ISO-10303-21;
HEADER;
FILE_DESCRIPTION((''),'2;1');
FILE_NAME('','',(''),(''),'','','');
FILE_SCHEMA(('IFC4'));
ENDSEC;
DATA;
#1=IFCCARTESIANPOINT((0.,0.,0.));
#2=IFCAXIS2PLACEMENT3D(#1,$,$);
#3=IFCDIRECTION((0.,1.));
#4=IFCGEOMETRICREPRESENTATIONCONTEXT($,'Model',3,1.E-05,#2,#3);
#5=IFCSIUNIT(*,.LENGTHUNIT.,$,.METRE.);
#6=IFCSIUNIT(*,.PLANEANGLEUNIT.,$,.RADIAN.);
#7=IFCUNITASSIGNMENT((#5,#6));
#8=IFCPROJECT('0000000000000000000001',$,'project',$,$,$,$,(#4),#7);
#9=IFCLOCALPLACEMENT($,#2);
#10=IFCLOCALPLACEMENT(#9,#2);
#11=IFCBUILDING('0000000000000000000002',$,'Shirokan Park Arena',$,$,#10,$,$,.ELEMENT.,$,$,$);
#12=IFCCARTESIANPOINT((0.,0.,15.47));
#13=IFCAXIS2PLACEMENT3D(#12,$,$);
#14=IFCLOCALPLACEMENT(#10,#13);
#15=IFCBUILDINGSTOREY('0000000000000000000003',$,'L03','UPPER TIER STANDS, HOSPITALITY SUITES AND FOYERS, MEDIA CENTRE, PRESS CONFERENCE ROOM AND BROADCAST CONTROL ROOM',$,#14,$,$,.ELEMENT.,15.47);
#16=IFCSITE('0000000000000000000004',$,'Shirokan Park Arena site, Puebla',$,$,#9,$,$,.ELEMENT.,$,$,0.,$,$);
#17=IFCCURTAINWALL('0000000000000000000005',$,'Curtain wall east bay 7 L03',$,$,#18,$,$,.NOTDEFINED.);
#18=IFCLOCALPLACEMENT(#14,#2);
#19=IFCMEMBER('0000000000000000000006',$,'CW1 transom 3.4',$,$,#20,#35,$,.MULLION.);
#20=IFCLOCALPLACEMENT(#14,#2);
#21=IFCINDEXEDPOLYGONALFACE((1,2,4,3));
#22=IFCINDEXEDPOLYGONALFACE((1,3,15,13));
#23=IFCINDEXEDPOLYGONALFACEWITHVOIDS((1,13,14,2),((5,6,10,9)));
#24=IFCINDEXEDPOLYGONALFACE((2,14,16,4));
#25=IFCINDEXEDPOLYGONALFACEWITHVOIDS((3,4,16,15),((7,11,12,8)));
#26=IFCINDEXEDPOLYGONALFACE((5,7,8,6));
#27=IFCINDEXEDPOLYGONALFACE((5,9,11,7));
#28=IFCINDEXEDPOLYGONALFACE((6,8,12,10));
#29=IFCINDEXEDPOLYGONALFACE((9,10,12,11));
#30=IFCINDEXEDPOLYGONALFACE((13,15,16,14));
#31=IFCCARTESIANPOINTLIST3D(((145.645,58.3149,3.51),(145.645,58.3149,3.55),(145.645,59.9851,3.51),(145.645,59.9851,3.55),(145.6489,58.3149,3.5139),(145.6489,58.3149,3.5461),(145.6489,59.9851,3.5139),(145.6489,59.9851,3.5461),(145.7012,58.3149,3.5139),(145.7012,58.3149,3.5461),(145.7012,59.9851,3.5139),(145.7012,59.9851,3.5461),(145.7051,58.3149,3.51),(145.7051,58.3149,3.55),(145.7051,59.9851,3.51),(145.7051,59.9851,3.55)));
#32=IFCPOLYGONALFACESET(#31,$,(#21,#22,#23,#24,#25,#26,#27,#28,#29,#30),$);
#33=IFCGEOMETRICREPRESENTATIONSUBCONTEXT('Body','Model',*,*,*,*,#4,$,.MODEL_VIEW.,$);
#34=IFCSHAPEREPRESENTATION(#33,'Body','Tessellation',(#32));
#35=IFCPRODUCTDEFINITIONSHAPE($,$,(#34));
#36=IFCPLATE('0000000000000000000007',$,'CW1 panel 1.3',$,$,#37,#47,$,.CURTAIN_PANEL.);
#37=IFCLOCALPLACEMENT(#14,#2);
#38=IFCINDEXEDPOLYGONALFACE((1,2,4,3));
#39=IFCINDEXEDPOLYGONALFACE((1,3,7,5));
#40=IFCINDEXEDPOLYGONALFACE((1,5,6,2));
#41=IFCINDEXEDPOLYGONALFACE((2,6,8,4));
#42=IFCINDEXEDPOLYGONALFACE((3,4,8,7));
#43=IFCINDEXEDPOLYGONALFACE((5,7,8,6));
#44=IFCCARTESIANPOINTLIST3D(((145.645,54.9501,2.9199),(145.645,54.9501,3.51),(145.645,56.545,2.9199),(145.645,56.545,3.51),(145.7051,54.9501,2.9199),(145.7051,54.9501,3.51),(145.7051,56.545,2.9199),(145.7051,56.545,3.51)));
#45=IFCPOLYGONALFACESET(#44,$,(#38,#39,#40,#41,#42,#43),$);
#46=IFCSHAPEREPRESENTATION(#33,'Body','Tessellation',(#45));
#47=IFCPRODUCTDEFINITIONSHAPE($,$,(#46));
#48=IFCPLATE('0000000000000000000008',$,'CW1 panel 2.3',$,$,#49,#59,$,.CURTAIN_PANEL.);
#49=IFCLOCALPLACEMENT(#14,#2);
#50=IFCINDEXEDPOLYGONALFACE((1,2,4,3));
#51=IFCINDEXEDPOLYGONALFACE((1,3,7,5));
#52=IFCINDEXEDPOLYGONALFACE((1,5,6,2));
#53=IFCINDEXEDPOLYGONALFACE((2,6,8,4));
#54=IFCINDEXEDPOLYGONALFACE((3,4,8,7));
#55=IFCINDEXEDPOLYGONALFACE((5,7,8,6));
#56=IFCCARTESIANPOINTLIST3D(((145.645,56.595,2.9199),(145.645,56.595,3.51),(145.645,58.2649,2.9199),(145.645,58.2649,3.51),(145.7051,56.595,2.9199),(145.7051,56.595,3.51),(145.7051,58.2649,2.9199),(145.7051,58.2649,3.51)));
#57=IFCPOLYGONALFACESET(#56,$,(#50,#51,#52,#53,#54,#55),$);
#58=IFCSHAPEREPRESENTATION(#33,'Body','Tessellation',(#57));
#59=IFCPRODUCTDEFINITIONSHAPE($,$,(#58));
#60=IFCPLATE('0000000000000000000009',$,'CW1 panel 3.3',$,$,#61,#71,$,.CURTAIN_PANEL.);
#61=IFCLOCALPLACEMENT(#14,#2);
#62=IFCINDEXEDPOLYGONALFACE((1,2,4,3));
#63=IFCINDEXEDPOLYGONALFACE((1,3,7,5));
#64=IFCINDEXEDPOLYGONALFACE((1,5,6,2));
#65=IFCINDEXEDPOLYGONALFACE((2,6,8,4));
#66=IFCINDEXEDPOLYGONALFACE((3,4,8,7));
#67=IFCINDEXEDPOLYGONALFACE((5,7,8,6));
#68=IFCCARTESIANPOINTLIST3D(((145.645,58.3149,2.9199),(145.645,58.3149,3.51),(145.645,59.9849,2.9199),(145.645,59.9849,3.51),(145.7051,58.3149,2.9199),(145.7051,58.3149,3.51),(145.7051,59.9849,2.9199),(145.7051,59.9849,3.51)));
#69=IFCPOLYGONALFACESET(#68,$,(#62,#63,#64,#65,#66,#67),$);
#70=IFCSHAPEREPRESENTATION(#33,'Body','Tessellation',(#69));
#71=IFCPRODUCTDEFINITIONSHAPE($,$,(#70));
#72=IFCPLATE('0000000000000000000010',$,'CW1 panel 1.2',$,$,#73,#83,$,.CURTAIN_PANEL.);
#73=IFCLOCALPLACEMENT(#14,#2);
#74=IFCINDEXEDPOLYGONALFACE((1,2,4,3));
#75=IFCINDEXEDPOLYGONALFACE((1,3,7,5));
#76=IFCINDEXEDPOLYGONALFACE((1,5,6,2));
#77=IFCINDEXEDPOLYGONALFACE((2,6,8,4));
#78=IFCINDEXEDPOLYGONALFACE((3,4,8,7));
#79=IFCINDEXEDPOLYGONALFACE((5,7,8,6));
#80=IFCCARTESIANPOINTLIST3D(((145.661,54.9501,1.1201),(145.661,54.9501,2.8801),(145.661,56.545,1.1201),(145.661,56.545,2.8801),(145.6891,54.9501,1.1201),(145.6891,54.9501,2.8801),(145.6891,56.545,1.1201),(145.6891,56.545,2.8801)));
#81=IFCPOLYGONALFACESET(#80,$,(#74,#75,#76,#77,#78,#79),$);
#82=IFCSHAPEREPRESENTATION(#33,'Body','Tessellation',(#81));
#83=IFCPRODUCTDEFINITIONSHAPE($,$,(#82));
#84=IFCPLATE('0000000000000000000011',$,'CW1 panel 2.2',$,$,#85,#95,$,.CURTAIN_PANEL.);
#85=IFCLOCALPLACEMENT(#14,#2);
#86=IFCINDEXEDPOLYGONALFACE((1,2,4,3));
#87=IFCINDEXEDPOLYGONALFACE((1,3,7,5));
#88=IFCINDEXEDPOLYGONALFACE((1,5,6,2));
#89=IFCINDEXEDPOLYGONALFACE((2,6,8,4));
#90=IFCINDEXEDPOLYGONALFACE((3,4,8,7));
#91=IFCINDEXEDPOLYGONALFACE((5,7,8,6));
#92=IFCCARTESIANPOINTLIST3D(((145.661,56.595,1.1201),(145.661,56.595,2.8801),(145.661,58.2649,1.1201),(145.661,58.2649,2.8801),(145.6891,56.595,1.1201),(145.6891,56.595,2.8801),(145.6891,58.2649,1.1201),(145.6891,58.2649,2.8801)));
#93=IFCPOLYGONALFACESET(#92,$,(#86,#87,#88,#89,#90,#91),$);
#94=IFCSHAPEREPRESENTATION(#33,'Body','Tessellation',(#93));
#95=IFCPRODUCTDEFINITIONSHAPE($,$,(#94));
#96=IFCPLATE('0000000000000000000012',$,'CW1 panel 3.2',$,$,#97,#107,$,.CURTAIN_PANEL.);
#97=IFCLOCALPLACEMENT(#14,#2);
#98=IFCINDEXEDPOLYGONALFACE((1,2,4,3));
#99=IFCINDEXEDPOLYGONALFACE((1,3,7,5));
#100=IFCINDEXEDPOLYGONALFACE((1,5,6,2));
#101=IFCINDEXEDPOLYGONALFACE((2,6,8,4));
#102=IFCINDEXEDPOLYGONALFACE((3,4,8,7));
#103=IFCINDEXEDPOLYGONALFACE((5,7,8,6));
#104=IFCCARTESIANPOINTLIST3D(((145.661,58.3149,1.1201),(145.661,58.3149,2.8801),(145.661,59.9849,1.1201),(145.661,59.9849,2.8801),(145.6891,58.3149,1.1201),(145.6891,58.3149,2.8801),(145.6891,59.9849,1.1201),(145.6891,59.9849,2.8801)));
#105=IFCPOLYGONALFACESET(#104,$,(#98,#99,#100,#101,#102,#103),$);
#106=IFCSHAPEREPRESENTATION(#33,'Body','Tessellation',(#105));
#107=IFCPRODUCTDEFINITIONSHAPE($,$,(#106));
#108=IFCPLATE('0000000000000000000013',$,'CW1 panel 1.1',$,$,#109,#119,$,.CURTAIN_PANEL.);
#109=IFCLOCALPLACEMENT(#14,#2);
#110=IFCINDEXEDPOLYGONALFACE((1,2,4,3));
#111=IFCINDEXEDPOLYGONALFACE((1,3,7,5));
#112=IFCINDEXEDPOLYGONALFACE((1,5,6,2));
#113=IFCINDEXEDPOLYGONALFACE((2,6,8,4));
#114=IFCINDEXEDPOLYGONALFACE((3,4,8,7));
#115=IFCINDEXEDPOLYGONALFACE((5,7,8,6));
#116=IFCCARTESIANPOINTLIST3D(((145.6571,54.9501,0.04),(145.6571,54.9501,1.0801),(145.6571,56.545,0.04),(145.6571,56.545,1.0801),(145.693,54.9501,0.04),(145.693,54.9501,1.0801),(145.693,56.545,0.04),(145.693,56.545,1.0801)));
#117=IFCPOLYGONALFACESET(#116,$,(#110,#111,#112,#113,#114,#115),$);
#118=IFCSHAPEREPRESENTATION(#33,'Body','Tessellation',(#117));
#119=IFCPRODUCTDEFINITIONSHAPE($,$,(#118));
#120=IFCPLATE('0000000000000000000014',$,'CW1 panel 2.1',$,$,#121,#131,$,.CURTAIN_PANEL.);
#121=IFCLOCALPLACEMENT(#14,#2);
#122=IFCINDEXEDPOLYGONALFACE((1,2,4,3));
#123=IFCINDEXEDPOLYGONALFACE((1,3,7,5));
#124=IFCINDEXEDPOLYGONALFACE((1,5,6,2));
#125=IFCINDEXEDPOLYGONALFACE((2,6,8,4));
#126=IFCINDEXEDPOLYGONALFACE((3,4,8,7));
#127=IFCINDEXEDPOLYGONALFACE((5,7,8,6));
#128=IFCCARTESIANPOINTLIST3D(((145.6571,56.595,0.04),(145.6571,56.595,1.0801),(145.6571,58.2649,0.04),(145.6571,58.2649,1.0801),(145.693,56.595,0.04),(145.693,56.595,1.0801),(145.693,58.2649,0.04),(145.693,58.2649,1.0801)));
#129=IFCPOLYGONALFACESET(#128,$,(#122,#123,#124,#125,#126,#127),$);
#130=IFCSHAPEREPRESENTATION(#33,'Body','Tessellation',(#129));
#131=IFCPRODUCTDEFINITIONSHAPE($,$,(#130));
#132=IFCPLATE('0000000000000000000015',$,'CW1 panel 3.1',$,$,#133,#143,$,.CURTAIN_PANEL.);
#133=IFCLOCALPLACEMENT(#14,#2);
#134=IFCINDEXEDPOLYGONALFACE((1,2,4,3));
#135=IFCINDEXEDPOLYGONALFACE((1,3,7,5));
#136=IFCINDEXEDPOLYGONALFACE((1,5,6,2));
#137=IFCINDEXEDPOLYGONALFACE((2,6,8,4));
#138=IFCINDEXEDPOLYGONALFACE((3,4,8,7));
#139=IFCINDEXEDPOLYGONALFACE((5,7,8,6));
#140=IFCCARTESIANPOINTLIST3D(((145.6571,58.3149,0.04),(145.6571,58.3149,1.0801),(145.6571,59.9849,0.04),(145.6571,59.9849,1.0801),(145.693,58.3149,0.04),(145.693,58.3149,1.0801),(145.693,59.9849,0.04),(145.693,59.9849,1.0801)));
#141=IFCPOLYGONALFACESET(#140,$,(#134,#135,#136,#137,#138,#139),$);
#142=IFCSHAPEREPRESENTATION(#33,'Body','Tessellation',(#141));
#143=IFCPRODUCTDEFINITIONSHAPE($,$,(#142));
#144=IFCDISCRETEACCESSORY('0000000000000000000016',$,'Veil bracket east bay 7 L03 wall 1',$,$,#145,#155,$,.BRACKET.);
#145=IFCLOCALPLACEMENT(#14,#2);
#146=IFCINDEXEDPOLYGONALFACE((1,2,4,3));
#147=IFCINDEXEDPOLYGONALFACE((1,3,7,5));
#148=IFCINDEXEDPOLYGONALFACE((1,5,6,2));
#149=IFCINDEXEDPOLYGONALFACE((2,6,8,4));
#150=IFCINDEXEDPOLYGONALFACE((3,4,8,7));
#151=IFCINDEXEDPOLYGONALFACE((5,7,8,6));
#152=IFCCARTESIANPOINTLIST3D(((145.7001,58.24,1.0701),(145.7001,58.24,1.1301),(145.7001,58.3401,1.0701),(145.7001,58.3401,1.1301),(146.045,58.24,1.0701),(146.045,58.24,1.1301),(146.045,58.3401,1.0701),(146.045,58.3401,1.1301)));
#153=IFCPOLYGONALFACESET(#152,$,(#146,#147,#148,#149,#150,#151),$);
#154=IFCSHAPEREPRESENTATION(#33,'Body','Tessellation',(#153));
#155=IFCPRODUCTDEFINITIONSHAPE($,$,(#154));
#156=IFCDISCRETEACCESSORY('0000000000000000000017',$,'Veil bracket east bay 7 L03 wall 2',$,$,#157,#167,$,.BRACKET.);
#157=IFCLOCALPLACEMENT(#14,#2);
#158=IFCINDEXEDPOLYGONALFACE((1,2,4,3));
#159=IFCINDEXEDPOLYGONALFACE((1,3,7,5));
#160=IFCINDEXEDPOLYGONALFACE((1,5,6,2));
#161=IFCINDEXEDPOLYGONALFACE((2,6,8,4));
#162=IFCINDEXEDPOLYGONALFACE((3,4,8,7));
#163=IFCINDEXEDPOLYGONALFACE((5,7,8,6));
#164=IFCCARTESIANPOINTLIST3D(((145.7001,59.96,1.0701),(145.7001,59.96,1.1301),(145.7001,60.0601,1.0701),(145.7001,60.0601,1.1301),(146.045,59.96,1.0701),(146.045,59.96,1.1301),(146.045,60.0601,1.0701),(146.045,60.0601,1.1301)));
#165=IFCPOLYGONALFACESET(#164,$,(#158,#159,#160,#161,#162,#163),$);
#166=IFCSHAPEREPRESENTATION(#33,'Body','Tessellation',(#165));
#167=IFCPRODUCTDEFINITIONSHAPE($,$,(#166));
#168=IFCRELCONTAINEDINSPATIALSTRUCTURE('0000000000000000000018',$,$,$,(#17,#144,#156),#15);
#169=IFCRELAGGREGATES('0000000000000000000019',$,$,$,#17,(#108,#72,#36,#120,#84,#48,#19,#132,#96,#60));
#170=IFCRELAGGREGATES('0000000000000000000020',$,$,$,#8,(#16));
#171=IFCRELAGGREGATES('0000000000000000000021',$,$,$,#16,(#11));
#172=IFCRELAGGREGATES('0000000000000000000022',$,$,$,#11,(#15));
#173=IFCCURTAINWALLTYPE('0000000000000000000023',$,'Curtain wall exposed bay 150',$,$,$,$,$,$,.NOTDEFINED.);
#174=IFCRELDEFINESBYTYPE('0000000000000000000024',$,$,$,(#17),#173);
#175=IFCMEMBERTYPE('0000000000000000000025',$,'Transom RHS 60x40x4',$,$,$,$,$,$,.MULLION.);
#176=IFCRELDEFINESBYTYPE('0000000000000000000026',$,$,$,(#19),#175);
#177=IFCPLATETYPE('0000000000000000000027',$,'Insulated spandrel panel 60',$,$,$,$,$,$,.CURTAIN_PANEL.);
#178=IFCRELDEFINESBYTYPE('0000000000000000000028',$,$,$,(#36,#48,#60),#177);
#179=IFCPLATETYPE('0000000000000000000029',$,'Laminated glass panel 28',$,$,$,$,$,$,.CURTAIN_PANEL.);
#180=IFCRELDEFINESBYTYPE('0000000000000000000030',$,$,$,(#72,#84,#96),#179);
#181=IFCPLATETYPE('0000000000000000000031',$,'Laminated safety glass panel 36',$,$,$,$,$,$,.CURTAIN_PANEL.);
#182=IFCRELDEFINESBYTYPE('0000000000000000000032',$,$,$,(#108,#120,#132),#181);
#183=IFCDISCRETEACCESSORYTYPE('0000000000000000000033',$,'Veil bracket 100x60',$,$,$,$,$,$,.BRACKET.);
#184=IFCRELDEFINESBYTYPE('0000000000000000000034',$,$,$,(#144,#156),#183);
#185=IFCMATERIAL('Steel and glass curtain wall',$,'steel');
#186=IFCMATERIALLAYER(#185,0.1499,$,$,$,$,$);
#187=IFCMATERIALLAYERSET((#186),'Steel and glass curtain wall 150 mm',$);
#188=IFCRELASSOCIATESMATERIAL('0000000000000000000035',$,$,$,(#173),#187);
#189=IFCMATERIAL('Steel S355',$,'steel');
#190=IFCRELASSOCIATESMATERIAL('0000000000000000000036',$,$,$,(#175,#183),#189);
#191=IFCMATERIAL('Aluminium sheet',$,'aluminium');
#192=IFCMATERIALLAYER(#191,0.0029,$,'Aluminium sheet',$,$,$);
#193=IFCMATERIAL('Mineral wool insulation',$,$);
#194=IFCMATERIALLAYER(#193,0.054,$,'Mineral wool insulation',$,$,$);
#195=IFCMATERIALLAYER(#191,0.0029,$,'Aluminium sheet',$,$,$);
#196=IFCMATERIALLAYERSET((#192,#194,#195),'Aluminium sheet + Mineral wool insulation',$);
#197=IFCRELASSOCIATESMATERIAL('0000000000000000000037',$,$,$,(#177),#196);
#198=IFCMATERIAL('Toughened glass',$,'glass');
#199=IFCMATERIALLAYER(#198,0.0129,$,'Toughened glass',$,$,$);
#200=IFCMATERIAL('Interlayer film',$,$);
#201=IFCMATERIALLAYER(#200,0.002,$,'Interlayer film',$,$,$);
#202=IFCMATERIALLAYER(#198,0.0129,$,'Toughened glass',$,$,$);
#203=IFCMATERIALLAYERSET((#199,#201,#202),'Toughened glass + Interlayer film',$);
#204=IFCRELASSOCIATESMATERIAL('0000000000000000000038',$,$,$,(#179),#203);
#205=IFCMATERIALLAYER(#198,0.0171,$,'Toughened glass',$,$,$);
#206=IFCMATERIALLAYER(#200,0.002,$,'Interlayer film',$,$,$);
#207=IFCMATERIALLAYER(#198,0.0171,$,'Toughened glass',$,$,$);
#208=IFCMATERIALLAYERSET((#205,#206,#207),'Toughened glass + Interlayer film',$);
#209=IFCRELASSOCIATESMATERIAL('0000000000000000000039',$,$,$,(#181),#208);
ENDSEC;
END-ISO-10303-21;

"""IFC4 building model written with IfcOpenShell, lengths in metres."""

from ifc_helpers import new_model, si_unit, direction, frame, origin, origin_2d, place, context, subcontext, project, spatial, rectangle, hollow_rectangle, extrude, material, layer, layer_set, material_profile, profile_set, type_object, element, aggregate, save


model = new_model("IFC4")

# Units and contexts
model_context = context("Model", 3, precision=1e-05, world=origin(), true_north=direction((0.0, 1.0)))
body_context = subcontext(model_context, "Body", "Model", "MODEL_VIEW")
ifc_project = project(units=[si_unit("LENGTHUNIT", "METRE"), si_unit("PLANEANGLEUNIT", "RADIAN")], contexts=[model_context])

# Site, building, storey
site_placement = place(None, origin())
site = spatial("IfcSite", under=ifc_project, at=site_placement, Name="Shirokan Park Arena site, Puebla", CompositionType="ELEMENT", RefElevation=0.0)
building_placement = place(site_placement, origin())
building = spatial("IfcBuilding", under=site, at=building_placement, Name="Shirokan Park Arena", CompositionType="ELEMENT")
storey_placement = place(building_placement, frame((0.0, 0.0, 15.47)))
storey = spatial("IfcBuildingStorey", under=building, at=storey_placement, Name="L03", Description="UPPER TIER STANDS, HOSPITALITY SUITES AND FOYERS, MEDIA CENTRE, PRESS CONFERENCE ROOM AND BROADCAST CONTROL ROOM", CompositionType="ELEMENT", Elevation=15.47)

# Curtain wall, member, plates
ifc_material_1 = material(Name="Steel and glass curtain wall", Category="steel")
ifc_layer_1 = layer(ifc_material_1, 0.1499)
ifc_layer_set_1 = layer_set([ifc_layer_1], Name="Steel and glass curtain wall 150 mm")
curtain_wall_type = type_object("IfcCurtainWallType", Name="Curtain wall exposed bay 150", PredefinedType="NOTDEFINED", material=ifc_layer_set_1)
curtain_wall_placement = place(storey_placement, origin())
curtain_wall = element("IfcCurtainWall", 1, at=curtain_wall_placement, inside=storey, type_object=curtain_wall_type, Name="Curtain wall east bay 7 L03", PredefinedType="NOTDEFINED")
ifc_material_2 = material(Name="Steel S355", Category="steel")
ifc_material_profile_1 = material_profile(ifc_material_2, hollow_rectangle(XDim=0.0601, YDim=0.04, WallThickness=0.0039, at=origin_2d()), Name="RHS 60x40x4")
ifc_profile_set_1 = profile_set([ifc_material_profile_1], Name="Steel S355")
member_type_1 = type_object("IfcMemberType", Name="Transom RHS 60x40x4", PredefinedType="MULLION", material=ifc_profile_set_1)
member_1_placement = place(storey_placement, frame((145.675, 58.3149, 3.53), z_axis=(0.0, 1.0, 0.0), x_axis=(-1.0, 0.0, 0.0)))
member_1 = element("IfcMember", 2, at=member_1_placement, type_object=member_type_1, Name="CW1 transom 3.4", PredefinedType="MULLION", context=body_context, shape_type="SweptSolid", body=[
    extrude(hollow_rectangle(XDim=0.0601, YDim=0.04, WallThickness=0.0039, at=origin_2d()), origin(), (0.0, 0.0, 1.0), 1.6702),
])
ifc_material_3 = material(Name="Aluminium sheet", Category="aluminium")
ifc_layer_2 = layer(ifc_material_3, 0.0029, Name="Aluminium sheet")
ifc_material_4 = material(Name="Mineral wool insulation")
ifc_layer_3 = layer(ifc_material_4, 0.054, Name="Mineral wool insulation")
ifc_layer_4 = layer(ifc_material_3, 0.0029, Name="Aluminium sheet")
ifc_layer_set_2 = layer_set([ifc_layer_2, ifc_layer_3, ifc_layer_4], Name="Aluminium sheet + Mineral wool insulation")
plate_type_1 = type_object("IfcPlateType", Name="Insulated spandrel panel 60", PredefinedType="CURTAIN_PANEL", material=ifc_layer_set_2)
plate_1_placement = place(storey_placement, frame((145.675, 55.7476, 2.9199), z_axis=(0.0, 0.0, 1.0), x_axis=(0.0, 1.0, 0.0)))
plate_1 = element("IfcPlate", 3, at=plate_1_placement, type_object=plate_type_1, Name="CW1 panel 1.3", PredefinedType="CURTAIN_PANEL", context=body_context, shape_type="SweptSolid", body=[
    extrude(rectangle(XDim=1.595, YDim=0.0601, at=origin_2d()), origin(), (0.0, 0.0, 1.0), 0.5901),
])
plate_2_placement = place(storey_placement, frame((145.675, 57.4299, 2.9199), z_axis=(0.0, 0.0, 1.0), x_axis=(0.0, 1.0, 0.0)))
plate_2 = element("IfcPlate", 4, at=plate_2_placement, type_object=plate_type_1, Name="CW1 panel 2.3", PredefinedType="CURTAIN_PANEL", context=body_context, shape_type="SweptSolid", body=[
    extrude(rectangle(XDim=1.6699, YDim=0.0601, at=origin_2d()), origin(), (0.0, 0.0, 1.0), 0.5901),
])
plate_3_placement = place(storey_placement, frame((145.675, 59.1499, 2.9199), z_axis=(0.0, 0.0, 1.0), x_axis=(0.0, 1.0, 0.0)))
plate_3 = element("IfcPlate", 5, at=plate_3_placement, type_object=plate_type_1, Name="CW1 panel 3.3", PredefinedType="CURTAIN_PANEL", context=body_context, shape_type="SweptSolid", body=[
    extrude(rectangle(XDim=1.6699, YDim=0.0601, at=origin_2d()), origin(), (0.0, 0.0, 1.0), 0.5901),
])
ifc_material_5 = material(Name="Toughened glass", Category="glass")
ifc_layer_5 = layer(ifc_material_5, 0.0129, Name="Toughened glass")
ifc_material_6 = material(Name="Interlayer film")
ifc_layer_6 = layer(ifc_material_6, 0.002, Name="Interlayer film")
ifc_layer_7 = layer(ifc_material_5, 0.0129, Name="Toughened glass")
ifc_layer_set_3 = layer_set([ifc_layer_5, ifc_layer_6, ifc_layer_7], Name="Toughened glass + Interlayer film")
plate_type_2 = type_object("IfcPlateType", Name="Laminated glass panel 28", PredefinedType="CURTAIN_PANEL", material=ifc_layer_set_3)
plate_4_placement = place(storey_placement, frame((145.675, 55.7476, 1.1201), z_axis=(0.0, 0.0, 1.0), x_axis=(0.0, 1.0, 0.0)))
plate_4 = element("IfcPlate", 6, at=plate_4_placement, type_object=plate_type_2, Name="CW1 panel 1.2", PredefinedType="CURTAIN_PANEL", context=body_context, shape_type="SweptSolid", body=[
    extrude(rectangle(XDim=1.595, YDim=0.0281, at=origin_2d()), origin(), (0.0, 0.0, 1.0), 1.76),
])
plate_5_placement = place(storey_placement, frame((145.675, 57.4299, 1.1201), z_axis=(0.0, 0.0, 1.0), x_axis=(0.0, 1.0, 0.0)))
plate_5 = element("IfcPlate", 7, at=plate_5_placement, type_object=plate_type_2, Name="CW1 panel 2.2", PredefinedType="CURTAIN_PANEL", context=body_context, shape_type="SweptSolid", body=[
    extrude(rectangle(XDim=1.6699, YDim=0.0281, at=origin_2d()), origin(), (0.0, 0.0, 1.0), 1.76),
])
plate_6_placement = place(storey_placement, frame((145.675, 59.1499, 1.1201), z_axis=(0.0, 0.0, 1.0), x_axis=(0.0, 1.0, 0.0)))
plate_6 = element("IfcPlate", 8, at=plate_6_placement, type_object=plate_type_2, Name="CW1 panel 3.2", PredefinedType="CURTAIN_PANEL", context=body_context, shape_type="SweptSolid", body=[
    extrude(rectangle(XDim=1.6699, YDim=0.0281, at=origin_2d()), origin(), (0.0, 0.0, 1.0), 1.76),
])
ifc_layer_8 = layer(ifc_material_5, 0.0171, Name="Toughened glass")
ifc_layer_9 = layer(ifc_material_6, 0.002, Name="Interlayer film")
ifc_layer_10 = layer(ifc_material_5, 0.0171, Name="Toughened glass")
ifc_layer_set_4 = layer_set([ifc_layer_8, ifc_layer_9, ifc_layer_10], Name="Toughened glass + Interlayer film")
plate_type_3 = type_object("IfcPlateType", Name="Laminated safety glass panel 36", PredefinedType="CURTAIN_PANEL", material=ifc_layer_set_4)
plate_7_placement = place(storey_placement, frame((145.675, 55.7476, 0.04), z_axis=(0.0, 0.0, 1.0), x_axis=(0.0, 1.0, 0.0)))
plate_7 = element("IfcPlate", 9, at=plate_7_placement, type_object=plate_type_3, Name="CW1 panel 1.1", PredefinedType="CURTAIN_PANEL", context=body_context, shape_type="SweptSolid", body=[
    extrude(rectangle(XDim=1.595, YDim=0.0359, at=origin_2d()), origin(), (0.0, 0.0, 1.0), 1.04),
])
plate_8_placement = place(storey_placement, frame((145.675, 57.4299, 0.04), z_axis=(0.0, 0.0, 1.0), x_axis=(0.0, 1.0, 0.0)))
plate_8 = element("IfcPlate", 10, at=plate_8_placement, type_object=plate_type_3, Name="CW1 panel 2.1", PredefinedType="CURTAIN_PANEL", context=body_context, shape_type="SweptSolid", body=[
    extrude(rectangle(XDim=1.6699, YDim=0.0359, at=origin_2d()), origin(), (0.0, 0.0, 1.0), 1.04),
])
plate_9_placement = place(storey_placement, frame((145.675, 59.1499, 0.04), z_axis=(0.0, 0.0, 1.0), x_axis=(0.0, 1.0, 0.0)))
plate_9 = element("IfcPlate", 11, at=plate_9_placement, type_object=plate_type_3, Name="CW1 panel 3.1", PredefinedType="CURTAIN_PANEL", context=body_context, shape_type="SweptSolid", body=[
    extrude(rectangle(XDim=1.6699, YDim=0.0359, at=origin_2d()), origin(), (0.0, 0.0, 1.0), 1.04),
])
aggregate(curtain_wall, [plate_7, plate_4, plate_1, plate_8, plate_5, plate_2, member_1, plate_9, plate_6, plate_3])

# Discrete accessories
discrete_accessory_type = type_object("IfcDiscreteAccessoryType", Name="Veil bracket 100x60", PredefinedType="BRACKET", material=ifc_material_2)
for number, where, z_axis, x_axis, name in (
    (12, (145.8726, 58.29, 1.0701), (0.0, 0.0, 1.0), (0.0, 1.0, 0.0), "Veil bracket east bay 7 L03 wall 1"),
    (13, (145.8726, 60.01, 1.0701), (0.0, 0.0, 1.0), (0.0, 1.0, 0.0), "Veil bracket east bay 7 L03 wall 2"),
):
    element("IfcDiscreteAccessory", number, at=place(storey_placement, frame(where, z_axis=z_axis, x_axis=x_axis)), inside=storey, type_object=discrete_accessory_type, Name=name, PredefinedType="BRACKET", context=body_context, shape_type="SweptSolid", body=[
        extrude(rectangle(XDim=0.1001, YDim=0.345, at=origin_2d()), origin(), (0.0, 0.0, 1.0), 0.0601),
    ])

save(model, "model.ifc")
